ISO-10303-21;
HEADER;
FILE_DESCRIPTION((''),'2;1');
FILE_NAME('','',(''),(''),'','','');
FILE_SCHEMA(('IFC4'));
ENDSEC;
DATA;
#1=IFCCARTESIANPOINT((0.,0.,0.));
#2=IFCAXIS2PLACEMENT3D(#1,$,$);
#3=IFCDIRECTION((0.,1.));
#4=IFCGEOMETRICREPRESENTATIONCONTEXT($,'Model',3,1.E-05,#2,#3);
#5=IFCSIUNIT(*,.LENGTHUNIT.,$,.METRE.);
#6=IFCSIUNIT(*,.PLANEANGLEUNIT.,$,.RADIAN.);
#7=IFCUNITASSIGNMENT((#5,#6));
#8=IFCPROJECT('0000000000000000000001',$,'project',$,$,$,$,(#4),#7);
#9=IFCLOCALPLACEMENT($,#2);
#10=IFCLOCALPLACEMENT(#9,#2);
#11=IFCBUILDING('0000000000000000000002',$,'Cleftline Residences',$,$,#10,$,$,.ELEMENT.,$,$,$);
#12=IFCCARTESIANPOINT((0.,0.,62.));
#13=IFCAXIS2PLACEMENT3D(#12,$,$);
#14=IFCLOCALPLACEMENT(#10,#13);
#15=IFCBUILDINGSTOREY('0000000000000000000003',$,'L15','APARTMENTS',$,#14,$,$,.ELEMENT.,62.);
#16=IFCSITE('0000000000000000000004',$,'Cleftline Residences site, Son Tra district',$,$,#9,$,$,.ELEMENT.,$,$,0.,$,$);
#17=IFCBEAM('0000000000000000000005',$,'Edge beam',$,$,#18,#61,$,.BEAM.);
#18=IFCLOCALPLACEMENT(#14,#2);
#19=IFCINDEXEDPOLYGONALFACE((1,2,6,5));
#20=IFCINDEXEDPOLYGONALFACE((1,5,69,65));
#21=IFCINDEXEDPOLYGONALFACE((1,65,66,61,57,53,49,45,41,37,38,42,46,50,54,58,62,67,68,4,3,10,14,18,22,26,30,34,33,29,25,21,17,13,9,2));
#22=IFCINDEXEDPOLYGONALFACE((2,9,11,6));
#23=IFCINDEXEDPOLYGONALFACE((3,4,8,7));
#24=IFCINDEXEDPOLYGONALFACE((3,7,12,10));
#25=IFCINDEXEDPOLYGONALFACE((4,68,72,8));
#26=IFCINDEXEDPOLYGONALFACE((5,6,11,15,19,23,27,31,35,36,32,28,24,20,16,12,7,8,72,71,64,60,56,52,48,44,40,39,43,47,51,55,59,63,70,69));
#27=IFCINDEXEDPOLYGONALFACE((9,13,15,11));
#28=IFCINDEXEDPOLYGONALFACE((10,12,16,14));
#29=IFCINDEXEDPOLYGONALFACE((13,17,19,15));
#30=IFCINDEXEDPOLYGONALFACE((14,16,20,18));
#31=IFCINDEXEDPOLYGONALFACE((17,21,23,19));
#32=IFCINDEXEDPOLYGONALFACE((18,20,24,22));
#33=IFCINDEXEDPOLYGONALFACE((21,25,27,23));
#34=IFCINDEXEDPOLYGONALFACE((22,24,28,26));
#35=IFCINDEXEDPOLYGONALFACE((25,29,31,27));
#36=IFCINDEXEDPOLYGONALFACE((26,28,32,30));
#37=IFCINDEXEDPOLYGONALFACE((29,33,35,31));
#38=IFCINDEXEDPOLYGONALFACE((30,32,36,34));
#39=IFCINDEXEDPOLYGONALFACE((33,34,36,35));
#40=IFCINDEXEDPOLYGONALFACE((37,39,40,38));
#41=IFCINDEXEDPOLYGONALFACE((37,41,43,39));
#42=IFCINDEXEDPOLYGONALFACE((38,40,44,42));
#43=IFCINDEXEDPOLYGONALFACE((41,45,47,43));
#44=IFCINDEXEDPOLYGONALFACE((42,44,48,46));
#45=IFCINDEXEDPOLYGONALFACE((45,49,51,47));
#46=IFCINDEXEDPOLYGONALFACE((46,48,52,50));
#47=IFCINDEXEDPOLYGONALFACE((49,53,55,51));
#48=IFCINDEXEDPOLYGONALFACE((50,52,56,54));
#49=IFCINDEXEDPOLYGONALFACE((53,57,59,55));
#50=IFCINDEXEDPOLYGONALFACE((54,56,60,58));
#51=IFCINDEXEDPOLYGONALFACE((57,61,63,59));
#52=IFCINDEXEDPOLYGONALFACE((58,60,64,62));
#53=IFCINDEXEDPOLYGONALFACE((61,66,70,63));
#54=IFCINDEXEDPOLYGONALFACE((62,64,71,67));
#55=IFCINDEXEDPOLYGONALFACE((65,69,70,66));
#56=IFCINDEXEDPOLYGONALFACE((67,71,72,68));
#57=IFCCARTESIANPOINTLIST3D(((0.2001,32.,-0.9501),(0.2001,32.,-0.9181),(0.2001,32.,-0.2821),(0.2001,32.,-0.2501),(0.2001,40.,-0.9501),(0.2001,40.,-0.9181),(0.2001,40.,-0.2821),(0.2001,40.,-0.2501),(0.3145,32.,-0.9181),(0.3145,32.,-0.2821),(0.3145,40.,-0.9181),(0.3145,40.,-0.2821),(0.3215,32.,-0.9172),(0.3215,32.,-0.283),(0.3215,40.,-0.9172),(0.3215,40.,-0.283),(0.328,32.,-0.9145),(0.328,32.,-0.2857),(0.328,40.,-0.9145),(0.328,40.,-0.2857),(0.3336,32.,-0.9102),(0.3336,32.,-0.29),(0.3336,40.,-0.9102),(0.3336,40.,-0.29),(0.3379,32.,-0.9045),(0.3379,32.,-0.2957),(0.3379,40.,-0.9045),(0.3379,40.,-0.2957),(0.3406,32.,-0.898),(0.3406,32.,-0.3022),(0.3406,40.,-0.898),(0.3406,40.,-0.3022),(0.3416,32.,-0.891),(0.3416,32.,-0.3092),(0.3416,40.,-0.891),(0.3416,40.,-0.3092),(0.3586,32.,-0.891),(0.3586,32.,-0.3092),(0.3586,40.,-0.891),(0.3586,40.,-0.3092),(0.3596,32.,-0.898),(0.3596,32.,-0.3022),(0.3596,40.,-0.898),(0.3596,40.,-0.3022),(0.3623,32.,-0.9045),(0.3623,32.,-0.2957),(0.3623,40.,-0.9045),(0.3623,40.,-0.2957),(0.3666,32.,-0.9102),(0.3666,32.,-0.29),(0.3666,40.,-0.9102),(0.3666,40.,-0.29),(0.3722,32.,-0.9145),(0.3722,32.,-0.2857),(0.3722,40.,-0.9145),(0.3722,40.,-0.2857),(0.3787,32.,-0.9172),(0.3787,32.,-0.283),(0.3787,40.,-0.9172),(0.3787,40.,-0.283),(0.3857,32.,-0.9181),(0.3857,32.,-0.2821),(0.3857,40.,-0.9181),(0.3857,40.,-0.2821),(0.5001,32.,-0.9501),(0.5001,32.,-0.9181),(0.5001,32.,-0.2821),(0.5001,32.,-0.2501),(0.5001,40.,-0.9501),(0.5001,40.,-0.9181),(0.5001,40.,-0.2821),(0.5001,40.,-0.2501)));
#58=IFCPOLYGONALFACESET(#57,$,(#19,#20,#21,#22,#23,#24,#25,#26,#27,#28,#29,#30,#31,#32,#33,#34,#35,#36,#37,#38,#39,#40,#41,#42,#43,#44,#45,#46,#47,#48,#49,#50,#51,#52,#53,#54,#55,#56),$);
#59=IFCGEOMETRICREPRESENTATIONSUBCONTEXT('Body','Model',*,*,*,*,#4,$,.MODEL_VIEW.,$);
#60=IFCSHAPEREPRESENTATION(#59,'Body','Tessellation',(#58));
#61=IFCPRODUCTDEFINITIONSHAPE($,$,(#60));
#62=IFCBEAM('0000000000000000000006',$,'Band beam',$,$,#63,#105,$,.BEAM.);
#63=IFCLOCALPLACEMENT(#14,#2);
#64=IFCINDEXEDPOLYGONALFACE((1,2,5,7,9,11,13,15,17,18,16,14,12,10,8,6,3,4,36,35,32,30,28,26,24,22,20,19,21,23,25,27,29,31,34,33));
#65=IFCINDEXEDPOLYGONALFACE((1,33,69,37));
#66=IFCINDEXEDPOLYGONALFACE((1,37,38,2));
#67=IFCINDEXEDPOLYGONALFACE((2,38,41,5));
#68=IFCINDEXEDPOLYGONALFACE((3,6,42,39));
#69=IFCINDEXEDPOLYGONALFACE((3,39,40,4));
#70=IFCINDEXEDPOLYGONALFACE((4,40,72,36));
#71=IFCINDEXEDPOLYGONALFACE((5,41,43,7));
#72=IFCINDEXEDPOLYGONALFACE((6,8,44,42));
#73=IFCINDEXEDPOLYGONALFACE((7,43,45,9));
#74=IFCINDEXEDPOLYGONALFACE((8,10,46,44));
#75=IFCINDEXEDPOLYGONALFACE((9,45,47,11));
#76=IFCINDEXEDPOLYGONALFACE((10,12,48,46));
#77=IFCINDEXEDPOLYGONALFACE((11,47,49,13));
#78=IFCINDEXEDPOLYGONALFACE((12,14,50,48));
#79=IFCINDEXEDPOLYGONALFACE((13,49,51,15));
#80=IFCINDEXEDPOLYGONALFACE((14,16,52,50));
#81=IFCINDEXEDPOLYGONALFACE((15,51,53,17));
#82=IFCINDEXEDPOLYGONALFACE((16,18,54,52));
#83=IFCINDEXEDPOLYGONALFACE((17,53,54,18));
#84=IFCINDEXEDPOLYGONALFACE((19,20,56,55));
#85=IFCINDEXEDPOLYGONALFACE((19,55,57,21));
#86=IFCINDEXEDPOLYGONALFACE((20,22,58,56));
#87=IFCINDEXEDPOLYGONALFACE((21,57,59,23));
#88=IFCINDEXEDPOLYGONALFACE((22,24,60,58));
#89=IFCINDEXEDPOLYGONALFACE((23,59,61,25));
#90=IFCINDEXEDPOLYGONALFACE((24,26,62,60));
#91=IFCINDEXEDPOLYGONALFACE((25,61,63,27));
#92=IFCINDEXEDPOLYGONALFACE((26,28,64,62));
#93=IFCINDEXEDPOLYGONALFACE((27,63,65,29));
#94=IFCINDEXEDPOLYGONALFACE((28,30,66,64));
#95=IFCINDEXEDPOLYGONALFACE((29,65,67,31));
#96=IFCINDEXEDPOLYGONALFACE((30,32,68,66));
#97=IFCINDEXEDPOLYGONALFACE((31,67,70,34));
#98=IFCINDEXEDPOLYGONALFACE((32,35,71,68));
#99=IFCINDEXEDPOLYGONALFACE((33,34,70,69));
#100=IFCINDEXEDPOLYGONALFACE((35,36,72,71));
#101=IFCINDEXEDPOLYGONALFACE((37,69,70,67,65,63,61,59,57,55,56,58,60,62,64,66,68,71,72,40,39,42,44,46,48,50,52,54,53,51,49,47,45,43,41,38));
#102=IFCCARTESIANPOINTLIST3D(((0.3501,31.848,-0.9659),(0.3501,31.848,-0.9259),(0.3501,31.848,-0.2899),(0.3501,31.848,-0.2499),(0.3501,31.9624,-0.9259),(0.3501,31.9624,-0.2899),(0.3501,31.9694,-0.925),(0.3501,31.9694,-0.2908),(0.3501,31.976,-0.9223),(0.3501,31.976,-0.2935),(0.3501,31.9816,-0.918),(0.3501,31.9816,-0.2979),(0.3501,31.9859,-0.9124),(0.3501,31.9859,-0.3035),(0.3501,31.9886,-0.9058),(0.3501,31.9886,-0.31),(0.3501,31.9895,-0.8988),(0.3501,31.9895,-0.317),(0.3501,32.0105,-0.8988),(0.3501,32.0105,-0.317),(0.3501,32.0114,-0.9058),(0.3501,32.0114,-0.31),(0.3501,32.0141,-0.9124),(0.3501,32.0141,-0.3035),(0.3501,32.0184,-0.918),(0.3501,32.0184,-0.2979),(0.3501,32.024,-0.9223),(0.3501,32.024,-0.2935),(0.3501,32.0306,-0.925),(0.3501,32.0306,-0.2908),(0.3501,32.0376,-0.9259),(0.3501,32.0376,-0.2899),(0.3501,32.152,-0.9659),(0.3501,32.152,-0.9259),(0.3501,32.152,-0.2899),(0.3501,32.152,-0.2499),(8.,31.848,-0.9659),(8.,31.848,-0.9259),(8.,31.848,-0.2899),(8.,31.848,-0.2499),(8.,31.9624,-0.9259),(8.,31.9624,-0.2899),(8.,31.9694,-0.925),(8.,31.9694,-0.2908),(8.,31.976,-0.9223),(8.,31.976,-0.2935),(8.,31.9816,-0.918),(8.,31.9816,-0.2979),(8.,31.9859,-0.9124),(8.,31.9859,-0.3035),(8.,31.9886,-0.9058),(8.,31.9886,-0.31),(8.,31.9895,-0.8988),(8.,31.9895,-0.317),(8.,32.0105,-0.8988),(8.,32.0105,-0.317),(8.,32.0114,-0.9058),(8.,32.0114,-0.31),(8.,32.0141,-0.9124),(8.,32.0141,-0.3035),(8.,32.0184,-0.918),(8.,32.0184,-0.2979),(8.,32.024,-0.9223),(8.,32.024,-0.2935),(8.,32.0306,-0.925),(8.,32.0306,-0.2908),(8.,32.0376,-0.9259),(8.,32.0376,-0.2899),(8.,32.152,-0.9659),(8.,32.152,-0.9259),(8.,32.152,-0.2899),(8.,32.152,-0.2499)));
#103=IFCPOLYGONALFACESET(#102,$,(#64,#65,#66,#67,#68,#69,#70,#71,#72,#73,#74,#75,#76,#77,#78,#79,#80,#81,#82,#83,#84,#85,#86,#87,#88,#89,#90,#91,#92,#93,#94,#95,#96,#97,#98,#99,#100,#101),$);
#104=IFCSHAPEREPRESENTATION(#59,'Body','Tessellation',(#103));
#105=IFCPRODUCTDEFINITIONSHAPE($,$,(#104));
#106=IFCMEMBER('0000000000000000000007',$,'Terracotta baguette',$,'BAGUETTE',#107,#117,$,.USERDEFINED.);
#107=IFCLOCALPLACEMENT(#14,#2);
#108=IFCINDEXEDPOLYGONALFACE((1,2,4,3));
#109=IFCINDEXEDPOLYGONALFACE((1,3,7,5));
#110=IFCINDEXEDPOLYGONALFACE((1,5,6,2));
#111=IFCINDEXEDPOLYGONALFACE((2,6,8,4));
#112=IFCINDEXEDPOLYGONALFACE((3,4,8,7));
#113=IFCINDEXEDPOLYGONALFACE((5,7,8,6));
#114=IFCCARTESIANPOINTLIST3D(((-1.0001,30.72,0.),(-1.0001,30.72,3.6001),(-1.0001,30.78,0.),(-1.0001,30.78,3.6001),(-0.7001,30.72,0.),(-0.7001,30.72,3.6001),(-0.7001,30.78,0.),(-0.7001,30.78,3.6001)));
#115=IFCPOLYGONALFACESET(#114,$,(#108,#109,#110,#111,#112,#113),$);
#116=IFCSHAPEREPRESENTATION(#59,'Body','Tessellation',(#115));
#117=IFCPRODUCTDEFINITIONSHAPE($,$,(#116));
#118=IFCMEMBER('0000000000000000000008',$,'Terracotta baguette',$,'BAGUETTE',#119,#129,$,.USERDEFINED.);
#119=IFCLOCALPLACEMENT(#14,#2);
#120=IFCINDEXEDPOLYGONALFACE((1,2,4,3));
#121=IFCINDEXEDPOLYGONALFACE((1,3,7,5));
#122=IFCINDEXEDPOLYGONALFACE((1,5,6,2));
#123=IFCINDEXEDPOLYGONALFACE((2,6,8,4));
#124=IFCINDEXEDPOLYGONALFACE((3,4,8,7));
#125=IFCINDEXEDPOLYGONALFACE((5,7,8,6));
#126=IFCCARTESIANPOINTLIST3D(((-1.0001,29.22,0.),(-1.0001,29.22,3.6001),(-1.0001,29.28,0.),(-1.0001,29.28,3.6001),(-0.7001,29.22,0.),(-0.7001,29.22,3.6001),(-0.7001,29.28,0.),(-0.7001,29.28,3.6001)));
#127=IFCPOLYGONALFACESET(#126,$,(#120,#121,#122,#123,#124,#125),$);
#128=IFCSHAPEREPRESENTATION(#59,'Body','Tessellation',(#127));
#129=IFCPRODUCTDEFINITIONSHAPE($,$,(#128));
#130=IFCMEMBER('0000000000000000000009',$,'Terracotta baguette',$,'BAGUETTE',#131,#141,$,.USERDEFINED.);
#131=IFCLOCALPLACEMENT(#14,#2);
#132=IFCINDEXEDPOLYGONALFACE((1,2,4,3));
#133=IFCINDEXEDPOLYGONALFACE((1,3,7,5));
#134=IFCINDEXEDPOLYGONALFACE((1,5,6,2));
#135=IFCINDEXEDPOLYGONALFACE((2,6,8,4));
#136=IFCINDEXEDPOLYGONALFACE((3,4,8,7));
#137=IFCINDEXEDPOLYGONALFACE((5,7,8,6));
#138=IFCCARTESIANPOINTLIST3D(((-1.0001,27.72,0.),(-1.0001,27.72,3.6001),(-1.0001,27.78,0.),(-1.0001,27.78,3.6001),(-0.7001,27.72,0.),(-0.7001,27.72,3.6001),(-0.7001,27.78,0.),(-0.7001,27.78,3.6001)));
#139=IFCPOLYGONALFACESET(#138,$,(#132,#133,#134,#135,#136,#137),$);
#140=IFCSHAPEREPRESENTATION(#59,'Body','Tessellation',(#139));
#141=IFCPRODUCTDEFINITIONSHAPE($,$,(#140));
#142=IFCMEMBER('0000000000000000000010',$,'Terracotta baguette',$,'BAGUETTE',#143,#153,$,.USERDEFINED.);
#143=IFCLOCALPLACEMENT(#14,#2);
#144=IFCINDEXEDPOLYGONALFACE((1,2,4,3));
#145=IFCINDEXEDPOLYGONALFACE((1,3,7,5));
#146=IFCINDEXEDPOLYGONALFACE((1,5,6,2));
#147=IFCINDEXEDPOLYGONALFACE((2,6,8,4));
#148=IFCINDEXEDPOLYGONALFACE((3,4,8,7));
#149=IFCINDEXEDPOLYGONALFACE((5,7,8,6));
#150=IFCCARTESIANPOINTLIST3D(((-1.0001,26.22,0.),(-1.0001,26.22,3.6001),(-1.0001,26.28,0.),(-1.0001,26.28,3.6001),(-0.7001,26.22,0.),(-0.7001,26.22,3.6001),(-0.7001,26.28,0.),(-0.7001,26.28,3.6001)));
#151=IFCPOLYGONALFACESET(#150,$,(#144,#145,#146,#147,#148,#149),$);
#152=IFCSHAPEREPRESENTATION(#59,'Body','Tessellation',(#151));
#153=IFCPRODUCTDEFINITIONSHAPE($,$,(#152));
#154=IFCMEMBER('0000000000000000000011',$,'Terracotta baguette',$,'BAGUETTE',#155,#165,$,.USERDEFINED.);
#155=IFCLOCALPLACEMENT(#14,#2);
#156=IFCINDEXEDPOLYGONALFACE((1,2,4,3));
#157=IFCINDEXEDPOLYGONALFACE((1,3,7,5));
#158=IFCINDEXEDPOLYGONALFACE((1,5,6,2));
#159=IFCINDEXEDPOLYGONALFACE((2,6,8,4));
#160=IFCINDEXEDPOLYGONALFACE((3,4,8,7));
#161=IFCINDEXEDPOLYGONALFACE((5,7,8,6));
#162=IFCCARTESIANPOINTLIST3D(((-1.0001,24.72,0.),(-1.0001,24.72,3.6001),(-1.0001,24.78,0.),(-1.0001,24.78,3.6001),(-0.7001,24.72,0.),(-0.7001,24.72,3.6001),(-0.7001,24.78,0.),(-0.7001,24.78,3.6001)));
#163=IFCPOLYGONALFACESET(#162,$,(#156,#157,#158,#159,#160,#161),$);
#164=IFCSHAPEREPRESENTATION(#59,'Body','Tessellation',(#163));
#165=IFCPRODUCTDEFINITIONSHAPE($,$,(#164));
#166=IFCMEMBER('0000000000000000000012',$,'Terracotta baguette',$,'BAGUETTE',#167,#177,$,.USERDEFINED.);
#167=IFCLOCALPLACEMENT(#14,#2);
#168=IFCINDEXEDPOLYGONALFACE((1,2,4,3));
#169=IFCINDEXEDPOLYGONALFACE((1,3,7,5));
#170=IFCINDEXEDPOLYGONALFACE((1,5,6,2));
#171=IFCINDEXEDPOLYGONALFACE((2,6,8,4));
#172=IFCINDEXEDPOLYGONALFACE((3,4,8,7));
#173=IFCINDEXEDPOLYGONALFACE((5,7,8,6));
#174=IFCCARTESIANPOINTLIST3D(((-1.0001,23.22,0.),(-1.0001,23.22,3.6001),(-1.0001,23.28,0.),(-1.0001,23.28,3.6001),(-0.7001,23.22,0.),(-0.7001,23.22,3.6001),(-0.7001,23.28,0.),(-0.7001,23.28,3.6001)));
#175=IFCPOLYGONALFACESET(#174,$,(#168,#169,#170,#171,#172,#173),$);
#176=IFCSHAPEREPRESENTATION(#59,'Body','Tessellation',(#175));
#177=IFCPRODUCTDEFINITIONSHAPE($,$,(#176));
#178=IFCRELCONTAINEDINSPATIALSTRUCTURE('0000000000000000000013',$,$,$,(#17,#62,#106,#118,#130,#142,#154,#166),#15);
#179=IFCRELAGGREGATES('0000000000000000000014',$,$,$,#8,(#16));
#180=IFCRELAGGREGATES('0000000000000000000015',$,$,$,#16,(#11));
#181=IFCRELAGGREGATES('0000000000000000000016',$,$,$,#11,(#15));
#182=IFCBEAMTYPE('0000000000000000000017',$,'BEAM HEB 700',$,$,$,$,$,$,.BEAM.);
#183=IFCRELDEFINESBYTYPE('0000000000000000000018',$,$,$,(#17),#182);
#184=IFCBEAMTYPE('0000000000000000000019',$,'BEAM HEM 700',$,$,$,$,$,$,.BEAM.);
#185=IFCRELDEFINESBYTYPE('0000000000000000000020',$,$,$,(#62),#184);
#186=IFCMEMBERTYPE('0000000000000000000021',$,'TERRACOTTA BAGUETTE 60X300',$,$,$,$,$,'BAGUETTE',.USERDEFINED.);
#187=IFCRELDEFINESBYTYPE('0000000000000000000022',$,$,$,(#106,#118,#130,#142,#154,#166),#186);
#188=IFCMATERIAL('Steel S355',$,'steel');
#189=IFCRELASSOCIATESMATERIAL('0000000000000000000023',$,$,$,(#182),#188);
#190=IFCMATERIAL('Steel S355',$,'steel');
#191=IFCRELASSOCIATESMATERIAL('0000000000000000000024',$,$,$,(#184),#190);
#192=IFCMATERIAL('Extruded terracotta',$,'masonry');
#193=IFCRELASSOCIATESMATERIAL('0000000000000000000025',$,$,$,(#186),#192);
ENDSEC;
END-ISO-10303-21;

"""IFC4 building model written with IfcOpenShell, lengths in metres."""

from ifc_helpers import new_model, si_unit, direction, frame, origin, origin_2d, place, context, subcontext, project, spatial, rectangle, i_section, extrude, material, material_profile, profile_set, type_object, element, save


model = new_model("IFC4")

# Units and contexts
model_context = context("Model", 3, precision=1e-05, world=origin(), true_north=direction((0.0, 1.0)))
body_context = subcontext(model_context, "Body", "Model", "MODEL_VIEW")
ifc_project = project(units=[si_unit("LENGTHUNIT", "METRE"), si_unit("PLANEANGLEUNIT", "RADIAN")], contexts=[model_context])

# Site, building, storey
site_placement = place(None, origin())
site = spatial("IfcSite", under=ifc_project, at=site_placement, Name="Cleftline Residences site, Son Tra district", CompositionType="ELEMENT", RefElevation=0.0)
building_placement = place(site_placement, origin())
building = spatial("IfcBuilding", under=site, at=building_placement, Name="Cleftline Residences", CompositionType="ELEMENT")
storey_placement = place(building_placement, frame((0.0, 0.0, 62.0)))
storey = spatial("IfcBuildingStorey", under=building, at=storey_placement, Name="L15", Description="APARTMENTS", CompositionType="ELEMENT", Elevation=62.0)

# Beams
ifc_material_1 = material(Name="Steel S355", Category="steel")
ifc_material_profile_1 = material_profile(ifc_material_1, i_section(OverallWidth=0.3, OverallDepth=0.7, WebThickness=0.0171, FlangeThickness=0.032, FilletRadius=0.0271, at=origin_2d()))
ifc_profile_set_1 = profile_set([ifc_material_profile_1], Name="Steel S355")
beam_type_1 = type_object("IfcBeamType", Name="BEAM HEB 700", PredefinedType="BEAM", material=ifc_profile_set_1)
for number, where, z_axis, x_axis, name in (
    (1, (0.3501, 32.0, -0.6001), (0.0, 1.0, 0.0), (-1.0, 0.0, 0.0), "Edge beam"),
):
    element("IfcBeam", number, at=place(storey_placement, frame(where, z_axis=z_axis, x_axis=x_axis)), inside=storey, type_object=beam_type_1, Name=name, PredefinedType="BEAM", context=body_context, shape_type="SweptSolid", body=[
        extrude(i_section(OverallWidth=0.3, OverallDepth=0.7, WebThickness=0.0171, FlangeThickness=0.032, FilletRadius=0.0271, at=origin_2d()), origin(), (0.0, 0.0, 1.0), 8.0),
    ])
ifc_material_2 = material(Name="Steel S355", Category="steel")
ifc_material_profile_2 = material_profile(ifc_material_2, i_section(OverallWidth=0.304, OverallDepth=0.7161, WebThickness=0.021, FlangeThickness=0.04, FilletRadius=0.0271, at=origin_2d()))
ifc_profile_set_2 = profile_set([ifc_material_profile_2], Name="Steel S355")
beam_type_2 = type_object("IfcBeamType", Name="BEAM HEM 700", PredefinedType="BEAM", material=ifc_profile_set_2)
beam_placement = place(storey_placement, frame((0.3501, 32.0, -0.6079), z_axis=(1.0, 0.0, 0.0), x_axis=(0.0, 1.0, 0.0)))
element("IfcBeam", 2, at=beam_placement, inside=storey, type_object=beam_type_2, Name="Band beam", PredefinedType="BEAM", context=body_context, shape_type="SweptSolid", body=[
    extrude(i_section(OverallWidth=0.304, OverallDepth=0.7161, WebThickness=0.021, FlangeThickness=0.04, FilletRadius=0.0271, at=origin_2d()), origin(), (0.0, 0.0, 1.0), 7.6499),
])

# Members
ifc_material_3 = material(Name="Extruded terracotta", Category="masonry")
ifc_material_profile_3 = material_profile(ifc_material_3, rectangle(XDim=0.0601, YDim=0.3, at=origin_2d()))
ifc_profile_set_3 = profile_set([ifc_material_profile_3], Name="Extruded terracotta")
member_type_1 = type_object("IfcMemberType", Name="TERRACOTTA BAGUETTE 60X300", ElementType="BAGUETTE", PredefinedType="USERDEFINED", material=ifc_profile_set_3)
for number, where, z_axis, x_axis, name in (
    (3, (-0.8501, 30.75, 0.0), (0.0, 0.0, 1.0), (0.0, 1.0, 0.0), "Terracotta baguette"),
    (4, (-0.8501, 29.25, 0.0), (0.0, 0.0, 1.0), (0.0, 1.0, 0.0), "Terracotta baguette"),
    (5, (-0.8501, 27.75, 0.0), (0.0, 0.0, 1.0), (0.0, 1.0, 0.0), "Terracotta baguette"),
    (6, (-0.8501, 26.25, 0.0), (0.0, 0.0, 1.0), (0.0, 1.0, 0.0), "Terracotta baguette"),
    (7, (-0.8501, 24.75, 0.0), (0.0, 0.0, 1.0), (0.0, 1.0, 0.0), "Terracotta baguette"),
    (8, (-0.8501, 23.25, 0.0), (0.0, 0.0, 1.0), (0.0, 1.0, 0.0), "Terracotta baguette"),
):
    element("IfcMember", number, at=place(storey_placement, frame(where, z_axis=z_axis, x_axis=x_axis)), inside=storey, type_object=member_type_1, Name=name, ObjectType="BAGUETTE", PredefinedType="USERDEFINED", context=body_context, shape_type="SweptSolid", body=[
        extrude(rectangle(XDim=0.0601, YDim=0.3, at=origin_2d()), origin(), (0.0, 0.0, 1.0), 3.6001),
    ])

save(model, "model.ifc")
